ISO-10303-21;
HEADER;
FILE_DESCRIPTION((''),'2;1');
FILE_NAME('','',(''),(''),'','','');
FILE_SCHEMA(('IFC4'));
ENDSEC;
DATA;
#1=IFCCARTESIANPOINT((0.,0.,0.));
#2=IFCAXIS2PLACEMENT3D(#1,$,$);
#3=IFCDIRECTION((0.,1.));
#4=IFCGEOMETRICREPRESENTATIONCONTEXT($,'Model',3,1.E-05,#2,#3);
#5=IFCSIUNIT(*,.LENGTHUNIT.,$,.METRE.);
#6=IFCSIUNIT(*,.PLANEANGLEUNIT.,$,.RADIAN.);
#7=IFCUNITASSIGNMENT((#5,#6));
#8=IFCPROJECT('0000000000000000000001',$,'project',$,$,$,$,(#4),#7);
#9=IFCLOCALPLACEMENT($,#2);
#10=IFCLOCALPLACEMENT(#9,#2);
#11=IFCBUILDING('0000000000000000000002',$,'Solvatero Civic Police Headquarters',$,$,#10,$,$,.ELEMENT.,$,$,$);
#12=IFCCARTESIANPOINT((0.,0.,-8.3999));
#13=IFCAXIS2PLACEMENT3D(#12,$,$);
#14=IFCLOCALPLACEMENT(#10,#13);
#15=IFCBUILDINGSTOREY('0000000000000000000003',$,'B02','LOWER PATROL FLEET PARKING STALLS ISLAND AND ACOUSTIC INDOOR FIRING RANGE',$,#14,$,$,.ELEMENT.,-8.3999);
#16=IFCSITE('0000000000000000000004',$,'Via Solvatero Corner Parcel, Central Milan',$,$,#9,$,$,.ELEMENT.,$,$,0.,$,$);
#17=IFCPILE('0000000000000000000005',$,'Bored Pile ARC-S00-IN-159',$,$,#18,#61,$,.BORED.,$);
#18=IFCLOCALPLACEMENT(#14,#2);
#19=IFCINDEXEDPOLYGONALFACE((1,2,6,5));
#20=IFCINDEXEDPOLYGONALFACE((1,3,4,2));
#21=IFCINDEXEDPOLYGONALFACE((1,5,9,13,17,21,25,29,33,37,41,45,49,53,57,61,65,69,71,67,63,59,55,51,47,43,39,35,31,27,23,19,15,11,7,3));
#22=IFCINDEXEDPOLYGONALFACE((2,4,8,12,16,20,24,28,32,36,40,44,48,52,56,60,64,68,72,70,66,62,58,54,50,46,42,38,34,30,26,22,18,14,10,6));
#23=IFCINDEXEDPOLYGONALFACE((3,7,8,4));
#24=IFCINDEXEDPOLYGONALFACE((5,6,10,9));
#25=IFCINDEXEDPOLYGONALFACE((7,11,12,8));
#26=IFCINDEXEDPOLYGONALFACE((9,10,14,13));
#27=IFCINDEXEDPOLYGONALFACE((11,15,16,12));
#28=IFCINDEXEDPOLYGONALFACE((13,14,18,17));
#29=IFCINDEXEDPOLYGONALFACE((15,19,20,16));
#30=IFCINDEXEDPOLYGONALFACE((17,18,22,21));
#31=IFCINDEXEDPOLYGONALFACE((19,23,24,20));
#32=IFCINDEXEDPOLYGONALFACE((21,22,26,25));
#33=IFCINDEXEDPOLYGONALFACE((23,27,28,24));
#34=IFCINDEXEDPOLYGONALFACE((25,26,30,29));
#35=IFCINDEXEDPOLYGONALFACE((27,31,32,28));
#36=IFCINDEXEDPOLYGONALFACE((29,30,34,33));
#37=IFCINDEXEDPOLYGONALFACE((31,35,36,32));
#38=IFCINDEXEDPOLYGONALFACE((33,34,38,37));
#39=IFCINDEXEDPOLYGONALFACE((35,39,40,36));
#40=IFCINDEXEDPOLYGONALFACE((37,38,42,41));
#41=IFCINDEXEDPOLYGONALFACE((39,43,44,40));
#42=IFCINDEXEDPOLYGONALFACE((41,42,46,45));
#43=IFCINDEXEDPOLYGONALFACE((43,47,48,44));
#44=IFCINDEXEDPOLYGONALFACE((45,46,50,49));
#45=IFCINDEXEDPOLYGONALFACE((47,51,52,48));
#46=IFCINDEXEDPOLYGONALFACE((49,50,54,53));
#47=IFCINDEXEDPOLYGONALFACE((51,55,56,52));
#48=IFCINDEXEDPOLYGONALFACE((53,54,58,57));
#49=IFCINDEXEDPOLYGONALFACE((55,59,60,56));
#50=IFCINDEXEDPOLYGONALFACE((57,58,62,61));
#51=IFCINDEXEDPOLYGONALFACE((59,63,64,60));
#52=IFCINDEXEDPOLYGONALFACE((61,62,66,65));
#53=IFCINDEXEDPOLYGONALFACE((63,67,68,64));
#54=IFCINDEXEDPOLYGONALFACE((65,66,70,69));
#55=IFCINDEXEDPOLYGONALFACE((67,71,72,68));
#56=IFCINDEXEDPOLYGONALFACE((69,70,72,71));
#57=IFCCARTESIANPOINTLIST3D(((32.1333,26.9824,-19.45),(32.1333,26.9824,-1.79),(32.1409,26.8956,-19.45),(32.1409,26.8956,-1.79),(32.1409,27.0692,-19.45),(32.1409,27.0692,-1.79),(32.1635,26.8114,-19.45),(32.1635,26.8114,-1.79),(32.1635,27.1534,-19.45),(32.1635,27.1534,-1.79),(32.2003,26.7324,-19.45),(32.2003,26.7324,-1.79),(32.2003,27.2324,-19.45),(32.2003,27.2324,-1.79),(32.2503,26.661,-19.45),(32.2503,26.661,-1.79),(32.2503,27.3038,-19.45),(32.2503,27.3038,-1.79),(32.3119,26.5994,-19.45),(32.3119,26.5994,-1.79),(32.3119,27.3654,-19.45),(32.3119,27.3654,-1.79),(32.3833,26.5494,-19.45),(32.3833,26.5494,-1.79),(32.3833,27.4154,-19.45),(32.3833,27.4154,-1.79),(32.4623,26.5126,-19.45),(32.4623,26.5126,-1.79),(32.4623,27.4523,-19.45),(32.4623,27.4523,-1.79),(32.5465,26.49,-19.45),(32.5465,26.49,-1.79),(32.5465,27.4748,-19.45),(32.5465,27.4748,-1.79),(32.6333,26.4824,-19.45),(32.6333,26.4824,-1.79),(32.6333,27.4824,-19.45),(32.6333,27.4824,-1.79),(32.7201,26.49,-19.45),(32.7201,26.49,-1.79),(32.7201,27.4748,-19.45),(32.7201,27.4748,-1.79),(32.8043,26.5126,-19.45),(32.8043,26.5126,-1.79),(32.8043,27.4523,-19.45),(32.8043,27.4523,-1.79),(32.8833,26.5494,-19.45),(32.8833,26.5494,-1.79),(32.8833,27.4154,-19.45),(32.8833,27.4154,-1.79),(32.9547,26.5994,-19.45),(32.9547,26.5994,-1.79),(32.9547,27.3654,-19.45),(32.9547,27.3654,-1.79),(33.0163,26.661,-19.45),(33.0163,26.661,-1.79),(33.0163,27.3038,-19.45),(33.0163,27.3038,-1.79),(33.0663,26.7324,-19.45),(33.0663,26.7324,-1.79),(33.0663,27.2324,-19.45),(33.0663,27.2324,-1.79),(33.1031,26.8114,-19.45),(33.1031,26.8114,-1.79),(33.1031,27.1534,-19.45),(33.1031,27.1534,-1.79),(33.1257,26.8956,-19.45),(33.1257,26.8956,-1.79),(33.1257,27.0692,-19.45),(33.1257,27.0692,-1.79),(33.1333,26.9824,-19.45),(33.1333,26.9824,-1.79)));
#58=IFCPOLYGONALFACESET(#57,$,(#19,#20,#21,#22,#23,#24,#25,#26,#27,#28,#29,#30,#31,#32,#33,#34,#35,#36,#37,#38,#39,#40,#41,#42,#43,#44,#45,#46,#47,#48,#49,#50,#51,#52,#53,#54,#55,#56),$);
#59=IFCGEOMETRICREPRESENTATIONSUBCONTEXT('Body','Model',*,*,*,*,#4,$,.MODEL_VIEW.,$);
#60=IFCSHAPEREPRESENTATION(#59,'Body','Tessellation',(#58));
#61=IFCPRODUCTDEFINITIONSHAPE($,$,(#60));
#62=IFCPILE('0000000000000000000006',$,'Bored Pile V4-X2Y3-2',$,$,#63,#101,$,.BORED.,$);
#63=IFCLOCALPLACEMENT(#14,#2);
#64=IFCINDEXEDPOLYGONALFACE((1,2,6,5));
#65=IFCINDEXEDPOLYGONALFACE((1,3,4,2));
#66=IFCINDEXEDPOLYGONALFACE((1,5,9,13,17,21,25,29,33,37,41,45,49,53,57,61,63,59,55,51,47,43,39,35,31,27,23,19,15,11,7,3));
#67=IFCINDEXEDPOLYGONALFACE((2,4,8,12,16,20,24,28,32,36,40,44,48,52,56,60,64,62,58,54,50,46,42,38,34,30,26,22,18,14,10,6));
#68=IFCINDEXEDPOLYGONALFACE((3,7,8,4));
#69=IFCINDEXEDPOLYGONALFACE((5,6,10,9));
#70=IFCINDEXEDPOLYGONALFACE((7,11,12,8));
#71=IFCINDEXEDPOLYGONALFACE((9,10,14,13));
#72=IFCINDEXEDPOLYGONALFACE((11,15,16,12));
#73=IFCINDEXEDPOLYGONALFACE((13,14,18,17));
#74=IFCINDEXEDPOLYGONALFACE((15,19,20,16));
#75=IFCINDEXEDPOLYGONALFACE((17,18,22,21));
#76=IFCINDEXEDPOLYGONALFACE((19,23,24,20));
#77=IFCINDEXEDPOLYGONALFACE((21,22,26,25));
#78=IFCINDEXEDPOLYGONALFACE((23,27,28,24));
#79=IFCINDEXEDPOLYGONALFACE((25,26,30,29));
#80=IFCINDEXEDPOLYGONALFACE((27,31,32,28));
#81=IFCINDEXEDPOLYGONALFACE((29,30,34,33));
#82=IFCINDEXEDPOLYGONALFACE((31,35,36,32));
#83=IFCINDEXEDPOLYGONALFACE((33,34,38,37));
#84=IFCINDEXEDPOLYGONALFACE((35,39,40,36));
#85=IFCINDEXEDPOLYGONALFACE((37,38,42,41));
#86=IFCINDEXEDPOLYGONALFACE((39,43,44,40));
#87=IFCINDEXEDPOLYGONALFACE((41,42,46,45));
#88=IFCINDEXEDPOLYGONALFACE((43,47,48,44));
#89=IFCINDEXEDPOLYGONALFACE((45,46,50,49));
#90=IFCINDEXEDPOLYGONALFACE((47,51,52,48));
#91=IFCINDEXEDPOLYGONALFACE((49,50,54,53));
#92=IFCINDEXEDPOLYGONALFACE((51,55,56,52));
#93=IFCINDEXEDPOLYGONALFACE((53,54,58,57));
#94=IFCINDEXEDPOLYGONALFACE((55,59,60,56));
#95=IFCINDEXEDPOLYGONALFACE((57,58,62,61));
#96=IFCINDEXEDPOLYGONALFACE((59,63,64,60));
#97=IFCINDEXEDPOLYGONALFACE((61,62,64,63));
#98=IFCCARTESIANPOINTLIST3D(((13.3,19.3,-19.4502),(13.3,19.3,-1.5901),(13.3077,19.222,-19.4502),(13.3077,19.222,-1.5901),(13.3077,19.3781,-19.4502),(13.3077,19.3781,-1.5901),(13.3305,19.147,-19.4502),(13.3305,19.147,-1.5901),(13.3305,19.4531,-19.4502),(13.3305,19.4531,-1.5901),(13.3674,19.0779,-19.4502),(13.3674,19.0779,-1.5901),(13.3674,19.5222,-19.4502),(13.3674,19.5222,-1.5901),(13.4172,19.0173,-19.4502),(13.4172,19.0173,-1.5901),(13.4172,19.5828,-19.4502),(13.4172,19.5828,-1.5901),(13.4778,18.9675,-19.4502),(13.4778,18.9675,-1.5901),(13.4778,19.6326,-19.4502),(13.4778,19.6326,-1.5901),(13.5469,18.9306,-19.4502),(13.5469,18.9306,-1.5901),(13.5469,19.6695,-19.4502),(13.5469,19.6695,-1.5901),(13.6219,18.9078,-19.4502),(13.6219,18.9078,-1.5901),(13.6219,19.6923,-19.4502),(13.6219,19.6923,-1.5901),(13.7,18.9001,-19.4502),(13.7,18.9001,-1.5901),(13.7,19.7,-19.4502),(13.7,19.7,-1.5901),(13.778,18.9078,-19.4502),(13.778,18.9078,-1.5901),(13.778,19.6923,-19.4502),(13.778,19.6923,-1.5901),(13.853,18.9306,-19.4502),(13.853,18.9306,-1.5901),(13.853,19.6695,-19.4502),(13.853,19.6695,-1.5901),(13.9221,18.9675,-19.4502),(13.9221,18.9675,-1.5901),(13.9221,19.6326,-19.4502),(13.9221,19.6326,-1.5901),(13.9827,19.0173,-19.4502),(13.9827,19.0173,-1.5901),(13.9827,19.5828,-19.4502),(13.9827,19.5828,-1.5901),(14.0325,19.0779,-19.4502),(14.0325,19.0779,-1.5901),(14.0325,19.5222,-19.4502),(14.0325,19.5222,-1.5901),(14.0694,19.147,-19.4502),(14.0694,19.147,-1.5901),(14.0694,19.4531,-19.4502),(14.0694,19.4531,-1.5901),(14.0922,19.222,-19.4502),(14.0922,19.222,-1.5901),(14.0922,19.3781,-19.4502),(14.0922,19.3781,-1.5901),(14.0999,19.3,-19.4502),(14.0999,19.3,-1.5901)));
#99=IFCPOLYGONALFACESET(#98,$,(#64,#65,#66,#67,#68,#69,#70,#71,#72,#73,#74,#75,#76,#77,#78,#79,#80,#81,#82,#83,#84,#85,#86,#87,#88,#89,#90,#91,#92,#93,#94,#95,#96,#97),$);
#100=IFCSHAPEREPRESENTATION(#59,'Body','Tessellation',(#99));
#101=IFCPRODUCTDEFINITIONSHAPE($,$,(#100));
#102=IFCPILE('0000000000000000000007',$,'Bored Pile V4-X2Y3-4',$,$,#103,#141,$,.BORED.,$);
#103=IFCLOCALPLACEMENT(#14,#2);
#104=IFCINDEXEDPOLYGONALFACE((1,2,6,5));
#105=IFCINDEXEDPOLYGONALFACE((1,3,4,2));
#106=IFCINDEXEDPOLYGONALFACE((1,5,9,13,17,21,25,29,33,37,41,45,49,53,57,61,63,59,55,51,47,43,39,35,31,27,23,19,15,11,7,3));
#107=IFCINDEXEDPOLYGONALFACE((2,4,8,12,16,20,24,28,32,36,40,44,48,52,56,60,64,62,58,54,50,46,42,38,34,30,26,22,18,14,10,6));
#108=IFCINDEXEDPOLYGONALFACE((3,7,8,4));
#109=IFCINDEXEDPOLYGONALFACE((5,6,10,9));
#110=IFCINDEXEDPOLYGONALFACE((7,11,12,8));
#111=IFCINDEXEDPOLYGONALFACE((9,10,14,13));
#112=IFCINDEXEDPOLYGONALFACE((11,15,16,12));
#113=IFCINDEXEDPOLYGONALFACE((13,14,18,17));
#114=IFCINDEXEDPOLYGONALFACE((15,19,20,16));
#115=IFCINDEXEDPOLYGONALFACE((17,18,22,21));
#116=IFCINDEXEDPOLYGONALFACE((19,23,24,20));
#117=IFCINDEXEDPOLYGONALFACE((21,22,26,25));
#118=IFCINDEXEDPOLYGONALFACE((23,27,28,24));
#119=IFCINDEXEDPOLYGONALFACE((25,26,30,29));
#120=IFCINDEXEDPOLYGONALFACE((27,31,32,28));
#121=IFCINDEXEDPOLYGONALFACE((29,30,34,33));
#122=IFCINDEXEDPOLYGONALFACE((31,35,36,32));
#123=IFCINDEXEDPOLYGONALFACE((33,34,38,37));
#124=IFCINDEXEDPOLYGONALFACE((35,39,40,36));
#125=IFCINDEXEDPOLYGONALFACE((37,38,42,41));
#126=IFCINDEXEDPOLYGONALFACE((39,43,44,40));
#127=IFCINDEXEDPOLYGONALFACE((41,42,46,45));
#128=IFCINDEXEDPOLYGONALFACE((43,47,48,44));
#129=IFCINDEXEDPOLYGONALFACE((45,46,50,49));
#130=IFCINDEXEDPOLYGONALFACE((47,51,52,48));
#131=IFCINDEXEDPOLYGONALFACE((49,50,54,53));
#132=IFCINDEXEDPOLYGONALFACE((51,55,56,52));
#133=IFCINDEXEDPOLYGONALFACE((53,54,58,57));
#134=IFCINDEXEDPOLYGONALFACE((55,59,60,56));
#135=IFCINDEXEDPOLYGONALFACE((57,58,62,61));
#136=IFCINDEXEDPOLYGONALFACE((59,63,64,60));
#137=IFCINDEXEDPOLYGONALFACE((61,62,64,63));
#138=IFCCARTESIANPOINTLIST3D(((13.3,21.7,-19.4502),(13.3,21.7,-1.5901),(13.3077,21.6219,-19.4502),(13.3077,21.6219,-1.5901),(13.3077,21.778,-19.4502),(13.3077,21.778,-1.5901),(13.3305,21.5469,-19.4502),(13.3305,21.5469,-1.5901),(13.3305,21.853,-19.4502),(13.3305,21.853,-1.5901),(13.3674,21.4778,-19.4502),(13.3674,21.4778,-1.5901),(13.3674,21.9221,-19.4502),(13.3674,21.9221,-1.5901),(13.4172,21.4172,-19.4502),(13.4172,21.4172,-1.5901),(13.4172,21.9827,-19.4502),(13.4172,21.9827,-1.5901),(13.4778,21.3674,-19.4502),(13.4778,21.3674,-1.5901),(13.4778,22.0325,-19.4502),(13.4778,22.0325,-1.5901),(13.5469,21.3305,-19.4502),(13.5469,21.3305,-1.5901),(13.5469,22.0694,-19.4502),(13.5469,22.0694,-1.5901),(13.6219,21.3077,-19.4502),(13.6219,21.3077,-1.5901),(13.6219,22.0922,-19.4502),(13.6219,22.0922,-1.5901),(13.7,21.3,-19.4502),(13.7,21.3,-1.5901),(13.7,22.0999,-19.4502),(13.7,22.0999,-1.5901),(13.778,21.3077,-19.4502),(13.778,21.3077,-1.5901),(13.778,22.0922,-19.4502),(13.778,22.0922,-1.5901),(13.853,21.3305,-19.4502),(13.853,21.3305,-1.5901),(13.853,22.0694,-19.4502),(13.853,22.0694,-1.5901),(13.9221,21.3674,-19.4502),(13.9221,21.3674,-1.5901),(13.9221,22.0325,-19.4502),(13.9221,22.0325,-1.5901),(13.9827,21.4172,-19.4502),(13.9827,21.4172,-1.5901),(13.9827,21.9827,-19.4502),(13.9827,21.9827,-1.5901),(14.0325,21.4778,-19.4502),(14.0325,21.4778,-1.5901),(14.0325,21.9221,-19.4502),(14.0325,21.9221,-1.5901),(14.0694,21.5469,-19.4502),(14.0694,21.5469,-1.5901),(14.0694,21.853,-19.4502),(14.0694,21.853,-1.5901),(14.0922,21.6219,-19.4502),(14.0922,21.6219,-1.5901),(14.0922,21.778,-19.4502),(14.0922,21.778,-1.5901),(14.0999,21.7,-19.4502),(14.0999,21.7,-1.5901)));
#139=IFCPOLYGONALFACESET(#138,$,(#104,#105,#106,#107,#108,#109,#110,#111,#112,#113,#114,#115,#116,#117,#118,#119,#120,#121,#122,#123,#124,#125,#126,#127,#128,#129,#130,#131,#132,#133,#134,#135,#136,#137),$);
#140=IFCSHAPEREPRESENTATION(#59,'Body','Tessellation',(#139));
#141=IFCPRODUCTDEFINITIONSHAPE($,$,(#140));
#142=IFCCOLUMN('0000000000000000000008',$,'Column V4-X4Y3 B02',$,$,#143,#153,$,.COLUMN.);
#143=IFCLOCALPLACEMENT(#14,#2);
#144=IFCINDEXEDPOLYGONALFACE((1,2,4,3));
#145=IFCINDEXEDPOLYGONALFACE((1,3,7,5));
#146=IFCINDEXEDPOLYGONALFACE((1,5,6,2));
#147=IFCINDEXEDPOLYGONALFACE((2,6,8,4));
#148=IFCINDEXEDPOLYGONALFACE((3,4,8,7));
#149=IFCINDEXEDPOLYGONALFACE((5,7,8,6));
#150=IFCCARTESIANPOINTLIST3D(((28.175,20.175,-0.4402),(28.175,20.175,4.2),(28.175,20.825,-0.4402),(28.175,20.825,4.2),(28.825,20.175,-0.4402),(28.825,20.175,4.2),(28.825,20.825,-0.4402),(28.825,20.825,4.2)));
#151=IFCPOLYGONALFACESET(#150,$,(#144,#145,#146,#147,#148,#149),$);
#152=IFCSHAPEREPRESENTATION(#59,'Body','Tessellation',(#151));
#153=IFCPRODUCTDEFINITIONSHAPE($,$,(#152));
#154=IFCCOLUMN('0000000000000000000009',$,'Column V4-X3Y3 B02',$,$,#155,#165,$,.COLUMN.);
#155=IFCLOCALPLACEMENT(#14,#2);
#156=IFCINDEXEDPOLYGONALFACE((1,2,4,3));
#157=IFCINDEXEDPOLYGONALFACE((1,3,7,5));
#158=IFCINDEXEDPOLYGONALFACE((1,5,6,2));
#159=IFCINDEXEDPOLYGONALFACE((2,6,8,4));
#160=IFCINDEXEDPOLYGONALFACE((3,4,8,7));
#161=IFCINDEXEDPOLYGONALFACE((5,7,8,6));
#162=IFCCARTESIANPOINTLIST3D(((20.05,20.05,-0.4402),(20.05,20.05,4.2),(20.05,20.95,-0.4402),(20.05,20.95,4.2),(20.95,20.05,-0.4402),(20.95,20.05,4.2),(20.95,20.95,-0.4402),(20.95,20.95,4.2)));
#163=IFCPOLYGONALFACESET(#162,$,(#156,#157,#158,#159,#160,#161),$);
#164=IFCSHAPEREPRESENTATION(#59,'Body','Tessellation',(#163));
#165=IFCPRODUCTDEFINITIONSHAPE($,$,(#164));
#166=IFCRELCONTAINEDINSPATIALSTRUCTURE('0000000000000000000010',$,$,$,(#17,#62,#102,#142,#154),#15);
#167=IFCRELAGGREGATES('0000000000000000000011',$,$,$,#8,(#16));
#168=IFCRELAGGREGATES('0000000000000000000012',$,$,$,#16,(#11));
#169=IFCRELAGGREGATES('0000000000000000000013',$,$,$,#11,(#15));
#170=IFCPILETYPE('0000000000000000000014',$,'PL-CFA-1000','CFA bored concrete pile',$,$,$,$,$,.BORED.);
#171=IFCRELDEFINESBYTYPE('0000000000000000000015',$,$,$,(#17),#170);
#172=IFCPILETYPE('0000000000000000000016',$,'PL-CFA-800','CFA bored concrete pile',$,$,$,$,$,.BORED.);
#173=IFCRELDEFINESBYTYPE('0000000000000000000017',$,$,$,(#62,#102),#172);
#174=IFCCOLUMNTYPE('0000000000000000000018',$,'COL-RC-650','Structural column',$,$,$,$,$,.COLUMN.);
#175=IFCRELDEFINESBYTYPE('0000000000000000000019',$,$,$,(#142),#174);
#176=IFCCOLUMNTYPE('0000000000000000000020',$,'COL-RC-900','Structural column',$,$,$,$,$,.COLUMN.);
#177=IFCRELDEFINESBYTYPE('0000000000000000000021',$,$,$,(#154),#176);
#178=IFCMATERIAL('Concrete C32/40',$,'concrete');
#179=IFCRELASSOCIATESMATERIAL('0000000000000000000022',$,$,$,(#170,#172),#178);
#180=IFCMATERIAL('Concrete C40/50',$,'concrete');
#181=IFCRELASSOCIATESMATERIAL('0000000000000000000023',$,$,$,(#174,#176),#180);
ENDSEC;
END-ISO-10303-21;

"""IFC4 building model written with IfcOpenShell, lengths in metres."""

from ifc_helpers import new_model, si_unit, direction, frame, origin, origin_2d, place, context, subcontext, project, spatial, rectangle, circle, extrude, material, material_profile, profile_set, type_object, element, save


model = new_model("IFC4")

# Units and contexts
model_context = context("Model", 3, precision=1e-05, world=origin(), true_north=direction((0.0, 1.0)))
body_context = subcontext(model_context, "Body", "Model", "MODEL_VIEW")
ifc_project = project(units=[si_unit("LENGTHUNIT", "METRE"), si_unit("PLANEANGLEUNIT", "RADIAN")], contexts=[model_context])

# Site, building, storey
site_placement = place(None, origin())
site = spatial("IfcSite", under=ifc_project, at=site_placement, Name="Via Solvatero Corner Parcel, Central Milan", CompositionType="ELEMENT", RefElevation=0.0)
building_placement = place(site_placement, origin())
building = spatial("IfcBuilding", under=site, at=building_placement, Name="Solvatero Civic Police Headquarters", CompositionType="ELEMENT")
storey_placement = place(building_placement, frame((0.0, 0.0, -8.3999)))
storey = spatial("IfcBuildingStorey", under=building, at=storey_placement, Name="B02", Description="LOWER PATROL FLEET PARKING STALLS ISLAND AND ACOUSTIC INDOOR FIRING RANGE", CompositionType="ELEMENT", Elevation=-8.3999)

# Piles
ifc_material_1 = material(Name="Concrete C32/40", Category="concrete")
ifc_material_profile_1 = material_profile(ifc_material_1, circle(Radius=0.5, at=origin_2d()), Name="CFA PILE D1000")
ifc_profile_set_1 = profile_set([ifc_material_profile_1], Name="Concrete C32/40")
pile_type_1 = type_object("IfcPileType", Name="PL-CFA-1000", Description="CFA bored concrete pile", PredefinedType="BORED", material=ifc_profile_set_1)
for number, where, z_axis, x_axis, name in (
    (1, (32.6333, 26.9824, -1.79), (0.0, 0.0, -1.0), (1.0, 0.0, 0.0), "Bored Pile ARC-S00-IN-159"),
):
    element("IfcPile", number, at=place(storey_placement, frame(where, z_axis=z_axis, x_axis=x_axis)), inside=storey, type_object=pile_type_1, Name=name, PredefinedType="BORED", context=body_context, shape_type="SweptSolid", body=[
        extrude(circle(Radius=0.5, at=origin_2d()), origin(), (0.0, 0.0, 1.0), 17.6599),
    ])
ifc_material_profile_2 = material_profile(ifc_material_1, circle(Radius=0.3999, at=origin_2d()), Name="CFA PILE D800")
ifc_profile_set_2 = profile_set([ifc_material_profile_2], Name="Concrete C32/40")
pile_type_2 = type_object("IfcPileType", Name="PL-CFA-800", Description="CFA bored concrete pile", PredefinedType="BORED", material=ifc_profile_set_2)
for number, where, z_axis, x_axis, name in (
    (2, (13.7, 19.3, -1.5901), (0.0, 0.0, -1.0), (1.0, 0.0, 0.0), "Bored Pile V4-X2Y3-2"),
    (3, (13.7, 21.7, -1.5901), (0.0, 0.0, -1.0), (1.0, 0.0, 0.0), "Bored Pile V4-X2Y3-4"),
):
    element("IfcPile", number, at=place(storey_placement, frame(where, z_axis=z_axis, x_axis=x_axis)), inside=storey, type_object=pile_type_2, Name=name, PredefinedType="BORED", context=body_context, shape_type="SweptSolid", body=[
        extrude(circle(Radius=0.3999, at=origin_2d()), origin(), (0.0, 0.0, 1.0), 17.8601),
    ])

# Columns
ifc_material_2 = material(Name="Concrete C40/50", Category="concrete")
ifc_material_profile_3 = material_profile(ifc_material_2, rectangle(XDim=0.6499, YDim=0.6499, at=origin_2d()), Name="RC 650x650")
ifc_profile_set_3 = profile_set([ifc_material_profile_3], Name="Concrete C40/50")
column_type_1 = type_object("IfcColumnType", Name="COL-RC-650", Description="Structural column", PredefinedType="COLUMN", material=ifc_profile_set_3)
column_1_placement = place(storey_placement, frame((28.5, 20.5, -0.4402), z_axis=(0.0, 0.0, 1.0), x_axis=(1.0, 0.0, 0.0)))
element("IfcColumn", 4, at=column_1_placement, inside=storey, type_object=column_type_1, Name="Column V4-X4Y3 B02", PredefinedType="COLUMN", context=body_context, shape_type="SweptSolid", body=[
    extrude(rectangle(XDim=0.6499, YDim=0.6499, at=origin_2d()), origin(), (0.0, 0.0, 1.0), 4.6401),
])
ifc_material_profile_4 = material_profile(ifc_material_2, rectangle(XDim=0.8999, YDim=0.8999, at=origin_2d()), Name="RC 900x900")
ifc_profile_set_4 = profile_set([ifc_material_profile_4], Name="Concrete C40/50")
column_type_2 = type_object("IfcColumnType", Name="COL-RC-900", Description="Structural column", PredefinedType="COLUMN", material=ifc_profile_set_4)
column_2_placement = place(storey_placement, frame((20.5, 20.5, -0.4402), z_axis=(0.0, 0.0, 1.0), x_axis=(1.0, 0.0, 0.0)))
element("IfcColumn", 5, at=column_2_placement, inside=storey, type_object=column_type_2, Name="Column V4-X3Y3 B02", PredefinedType="COLUMN", context=body_context, shape_type="SweptSolid", body=[
    extrude(rectangle(XDim=0.8999, YDim=0.8999, at=origin_2d()), origin(), (0.0, 0.0, 1.0), 4.6401),
])

save(model, "model.ifc")
